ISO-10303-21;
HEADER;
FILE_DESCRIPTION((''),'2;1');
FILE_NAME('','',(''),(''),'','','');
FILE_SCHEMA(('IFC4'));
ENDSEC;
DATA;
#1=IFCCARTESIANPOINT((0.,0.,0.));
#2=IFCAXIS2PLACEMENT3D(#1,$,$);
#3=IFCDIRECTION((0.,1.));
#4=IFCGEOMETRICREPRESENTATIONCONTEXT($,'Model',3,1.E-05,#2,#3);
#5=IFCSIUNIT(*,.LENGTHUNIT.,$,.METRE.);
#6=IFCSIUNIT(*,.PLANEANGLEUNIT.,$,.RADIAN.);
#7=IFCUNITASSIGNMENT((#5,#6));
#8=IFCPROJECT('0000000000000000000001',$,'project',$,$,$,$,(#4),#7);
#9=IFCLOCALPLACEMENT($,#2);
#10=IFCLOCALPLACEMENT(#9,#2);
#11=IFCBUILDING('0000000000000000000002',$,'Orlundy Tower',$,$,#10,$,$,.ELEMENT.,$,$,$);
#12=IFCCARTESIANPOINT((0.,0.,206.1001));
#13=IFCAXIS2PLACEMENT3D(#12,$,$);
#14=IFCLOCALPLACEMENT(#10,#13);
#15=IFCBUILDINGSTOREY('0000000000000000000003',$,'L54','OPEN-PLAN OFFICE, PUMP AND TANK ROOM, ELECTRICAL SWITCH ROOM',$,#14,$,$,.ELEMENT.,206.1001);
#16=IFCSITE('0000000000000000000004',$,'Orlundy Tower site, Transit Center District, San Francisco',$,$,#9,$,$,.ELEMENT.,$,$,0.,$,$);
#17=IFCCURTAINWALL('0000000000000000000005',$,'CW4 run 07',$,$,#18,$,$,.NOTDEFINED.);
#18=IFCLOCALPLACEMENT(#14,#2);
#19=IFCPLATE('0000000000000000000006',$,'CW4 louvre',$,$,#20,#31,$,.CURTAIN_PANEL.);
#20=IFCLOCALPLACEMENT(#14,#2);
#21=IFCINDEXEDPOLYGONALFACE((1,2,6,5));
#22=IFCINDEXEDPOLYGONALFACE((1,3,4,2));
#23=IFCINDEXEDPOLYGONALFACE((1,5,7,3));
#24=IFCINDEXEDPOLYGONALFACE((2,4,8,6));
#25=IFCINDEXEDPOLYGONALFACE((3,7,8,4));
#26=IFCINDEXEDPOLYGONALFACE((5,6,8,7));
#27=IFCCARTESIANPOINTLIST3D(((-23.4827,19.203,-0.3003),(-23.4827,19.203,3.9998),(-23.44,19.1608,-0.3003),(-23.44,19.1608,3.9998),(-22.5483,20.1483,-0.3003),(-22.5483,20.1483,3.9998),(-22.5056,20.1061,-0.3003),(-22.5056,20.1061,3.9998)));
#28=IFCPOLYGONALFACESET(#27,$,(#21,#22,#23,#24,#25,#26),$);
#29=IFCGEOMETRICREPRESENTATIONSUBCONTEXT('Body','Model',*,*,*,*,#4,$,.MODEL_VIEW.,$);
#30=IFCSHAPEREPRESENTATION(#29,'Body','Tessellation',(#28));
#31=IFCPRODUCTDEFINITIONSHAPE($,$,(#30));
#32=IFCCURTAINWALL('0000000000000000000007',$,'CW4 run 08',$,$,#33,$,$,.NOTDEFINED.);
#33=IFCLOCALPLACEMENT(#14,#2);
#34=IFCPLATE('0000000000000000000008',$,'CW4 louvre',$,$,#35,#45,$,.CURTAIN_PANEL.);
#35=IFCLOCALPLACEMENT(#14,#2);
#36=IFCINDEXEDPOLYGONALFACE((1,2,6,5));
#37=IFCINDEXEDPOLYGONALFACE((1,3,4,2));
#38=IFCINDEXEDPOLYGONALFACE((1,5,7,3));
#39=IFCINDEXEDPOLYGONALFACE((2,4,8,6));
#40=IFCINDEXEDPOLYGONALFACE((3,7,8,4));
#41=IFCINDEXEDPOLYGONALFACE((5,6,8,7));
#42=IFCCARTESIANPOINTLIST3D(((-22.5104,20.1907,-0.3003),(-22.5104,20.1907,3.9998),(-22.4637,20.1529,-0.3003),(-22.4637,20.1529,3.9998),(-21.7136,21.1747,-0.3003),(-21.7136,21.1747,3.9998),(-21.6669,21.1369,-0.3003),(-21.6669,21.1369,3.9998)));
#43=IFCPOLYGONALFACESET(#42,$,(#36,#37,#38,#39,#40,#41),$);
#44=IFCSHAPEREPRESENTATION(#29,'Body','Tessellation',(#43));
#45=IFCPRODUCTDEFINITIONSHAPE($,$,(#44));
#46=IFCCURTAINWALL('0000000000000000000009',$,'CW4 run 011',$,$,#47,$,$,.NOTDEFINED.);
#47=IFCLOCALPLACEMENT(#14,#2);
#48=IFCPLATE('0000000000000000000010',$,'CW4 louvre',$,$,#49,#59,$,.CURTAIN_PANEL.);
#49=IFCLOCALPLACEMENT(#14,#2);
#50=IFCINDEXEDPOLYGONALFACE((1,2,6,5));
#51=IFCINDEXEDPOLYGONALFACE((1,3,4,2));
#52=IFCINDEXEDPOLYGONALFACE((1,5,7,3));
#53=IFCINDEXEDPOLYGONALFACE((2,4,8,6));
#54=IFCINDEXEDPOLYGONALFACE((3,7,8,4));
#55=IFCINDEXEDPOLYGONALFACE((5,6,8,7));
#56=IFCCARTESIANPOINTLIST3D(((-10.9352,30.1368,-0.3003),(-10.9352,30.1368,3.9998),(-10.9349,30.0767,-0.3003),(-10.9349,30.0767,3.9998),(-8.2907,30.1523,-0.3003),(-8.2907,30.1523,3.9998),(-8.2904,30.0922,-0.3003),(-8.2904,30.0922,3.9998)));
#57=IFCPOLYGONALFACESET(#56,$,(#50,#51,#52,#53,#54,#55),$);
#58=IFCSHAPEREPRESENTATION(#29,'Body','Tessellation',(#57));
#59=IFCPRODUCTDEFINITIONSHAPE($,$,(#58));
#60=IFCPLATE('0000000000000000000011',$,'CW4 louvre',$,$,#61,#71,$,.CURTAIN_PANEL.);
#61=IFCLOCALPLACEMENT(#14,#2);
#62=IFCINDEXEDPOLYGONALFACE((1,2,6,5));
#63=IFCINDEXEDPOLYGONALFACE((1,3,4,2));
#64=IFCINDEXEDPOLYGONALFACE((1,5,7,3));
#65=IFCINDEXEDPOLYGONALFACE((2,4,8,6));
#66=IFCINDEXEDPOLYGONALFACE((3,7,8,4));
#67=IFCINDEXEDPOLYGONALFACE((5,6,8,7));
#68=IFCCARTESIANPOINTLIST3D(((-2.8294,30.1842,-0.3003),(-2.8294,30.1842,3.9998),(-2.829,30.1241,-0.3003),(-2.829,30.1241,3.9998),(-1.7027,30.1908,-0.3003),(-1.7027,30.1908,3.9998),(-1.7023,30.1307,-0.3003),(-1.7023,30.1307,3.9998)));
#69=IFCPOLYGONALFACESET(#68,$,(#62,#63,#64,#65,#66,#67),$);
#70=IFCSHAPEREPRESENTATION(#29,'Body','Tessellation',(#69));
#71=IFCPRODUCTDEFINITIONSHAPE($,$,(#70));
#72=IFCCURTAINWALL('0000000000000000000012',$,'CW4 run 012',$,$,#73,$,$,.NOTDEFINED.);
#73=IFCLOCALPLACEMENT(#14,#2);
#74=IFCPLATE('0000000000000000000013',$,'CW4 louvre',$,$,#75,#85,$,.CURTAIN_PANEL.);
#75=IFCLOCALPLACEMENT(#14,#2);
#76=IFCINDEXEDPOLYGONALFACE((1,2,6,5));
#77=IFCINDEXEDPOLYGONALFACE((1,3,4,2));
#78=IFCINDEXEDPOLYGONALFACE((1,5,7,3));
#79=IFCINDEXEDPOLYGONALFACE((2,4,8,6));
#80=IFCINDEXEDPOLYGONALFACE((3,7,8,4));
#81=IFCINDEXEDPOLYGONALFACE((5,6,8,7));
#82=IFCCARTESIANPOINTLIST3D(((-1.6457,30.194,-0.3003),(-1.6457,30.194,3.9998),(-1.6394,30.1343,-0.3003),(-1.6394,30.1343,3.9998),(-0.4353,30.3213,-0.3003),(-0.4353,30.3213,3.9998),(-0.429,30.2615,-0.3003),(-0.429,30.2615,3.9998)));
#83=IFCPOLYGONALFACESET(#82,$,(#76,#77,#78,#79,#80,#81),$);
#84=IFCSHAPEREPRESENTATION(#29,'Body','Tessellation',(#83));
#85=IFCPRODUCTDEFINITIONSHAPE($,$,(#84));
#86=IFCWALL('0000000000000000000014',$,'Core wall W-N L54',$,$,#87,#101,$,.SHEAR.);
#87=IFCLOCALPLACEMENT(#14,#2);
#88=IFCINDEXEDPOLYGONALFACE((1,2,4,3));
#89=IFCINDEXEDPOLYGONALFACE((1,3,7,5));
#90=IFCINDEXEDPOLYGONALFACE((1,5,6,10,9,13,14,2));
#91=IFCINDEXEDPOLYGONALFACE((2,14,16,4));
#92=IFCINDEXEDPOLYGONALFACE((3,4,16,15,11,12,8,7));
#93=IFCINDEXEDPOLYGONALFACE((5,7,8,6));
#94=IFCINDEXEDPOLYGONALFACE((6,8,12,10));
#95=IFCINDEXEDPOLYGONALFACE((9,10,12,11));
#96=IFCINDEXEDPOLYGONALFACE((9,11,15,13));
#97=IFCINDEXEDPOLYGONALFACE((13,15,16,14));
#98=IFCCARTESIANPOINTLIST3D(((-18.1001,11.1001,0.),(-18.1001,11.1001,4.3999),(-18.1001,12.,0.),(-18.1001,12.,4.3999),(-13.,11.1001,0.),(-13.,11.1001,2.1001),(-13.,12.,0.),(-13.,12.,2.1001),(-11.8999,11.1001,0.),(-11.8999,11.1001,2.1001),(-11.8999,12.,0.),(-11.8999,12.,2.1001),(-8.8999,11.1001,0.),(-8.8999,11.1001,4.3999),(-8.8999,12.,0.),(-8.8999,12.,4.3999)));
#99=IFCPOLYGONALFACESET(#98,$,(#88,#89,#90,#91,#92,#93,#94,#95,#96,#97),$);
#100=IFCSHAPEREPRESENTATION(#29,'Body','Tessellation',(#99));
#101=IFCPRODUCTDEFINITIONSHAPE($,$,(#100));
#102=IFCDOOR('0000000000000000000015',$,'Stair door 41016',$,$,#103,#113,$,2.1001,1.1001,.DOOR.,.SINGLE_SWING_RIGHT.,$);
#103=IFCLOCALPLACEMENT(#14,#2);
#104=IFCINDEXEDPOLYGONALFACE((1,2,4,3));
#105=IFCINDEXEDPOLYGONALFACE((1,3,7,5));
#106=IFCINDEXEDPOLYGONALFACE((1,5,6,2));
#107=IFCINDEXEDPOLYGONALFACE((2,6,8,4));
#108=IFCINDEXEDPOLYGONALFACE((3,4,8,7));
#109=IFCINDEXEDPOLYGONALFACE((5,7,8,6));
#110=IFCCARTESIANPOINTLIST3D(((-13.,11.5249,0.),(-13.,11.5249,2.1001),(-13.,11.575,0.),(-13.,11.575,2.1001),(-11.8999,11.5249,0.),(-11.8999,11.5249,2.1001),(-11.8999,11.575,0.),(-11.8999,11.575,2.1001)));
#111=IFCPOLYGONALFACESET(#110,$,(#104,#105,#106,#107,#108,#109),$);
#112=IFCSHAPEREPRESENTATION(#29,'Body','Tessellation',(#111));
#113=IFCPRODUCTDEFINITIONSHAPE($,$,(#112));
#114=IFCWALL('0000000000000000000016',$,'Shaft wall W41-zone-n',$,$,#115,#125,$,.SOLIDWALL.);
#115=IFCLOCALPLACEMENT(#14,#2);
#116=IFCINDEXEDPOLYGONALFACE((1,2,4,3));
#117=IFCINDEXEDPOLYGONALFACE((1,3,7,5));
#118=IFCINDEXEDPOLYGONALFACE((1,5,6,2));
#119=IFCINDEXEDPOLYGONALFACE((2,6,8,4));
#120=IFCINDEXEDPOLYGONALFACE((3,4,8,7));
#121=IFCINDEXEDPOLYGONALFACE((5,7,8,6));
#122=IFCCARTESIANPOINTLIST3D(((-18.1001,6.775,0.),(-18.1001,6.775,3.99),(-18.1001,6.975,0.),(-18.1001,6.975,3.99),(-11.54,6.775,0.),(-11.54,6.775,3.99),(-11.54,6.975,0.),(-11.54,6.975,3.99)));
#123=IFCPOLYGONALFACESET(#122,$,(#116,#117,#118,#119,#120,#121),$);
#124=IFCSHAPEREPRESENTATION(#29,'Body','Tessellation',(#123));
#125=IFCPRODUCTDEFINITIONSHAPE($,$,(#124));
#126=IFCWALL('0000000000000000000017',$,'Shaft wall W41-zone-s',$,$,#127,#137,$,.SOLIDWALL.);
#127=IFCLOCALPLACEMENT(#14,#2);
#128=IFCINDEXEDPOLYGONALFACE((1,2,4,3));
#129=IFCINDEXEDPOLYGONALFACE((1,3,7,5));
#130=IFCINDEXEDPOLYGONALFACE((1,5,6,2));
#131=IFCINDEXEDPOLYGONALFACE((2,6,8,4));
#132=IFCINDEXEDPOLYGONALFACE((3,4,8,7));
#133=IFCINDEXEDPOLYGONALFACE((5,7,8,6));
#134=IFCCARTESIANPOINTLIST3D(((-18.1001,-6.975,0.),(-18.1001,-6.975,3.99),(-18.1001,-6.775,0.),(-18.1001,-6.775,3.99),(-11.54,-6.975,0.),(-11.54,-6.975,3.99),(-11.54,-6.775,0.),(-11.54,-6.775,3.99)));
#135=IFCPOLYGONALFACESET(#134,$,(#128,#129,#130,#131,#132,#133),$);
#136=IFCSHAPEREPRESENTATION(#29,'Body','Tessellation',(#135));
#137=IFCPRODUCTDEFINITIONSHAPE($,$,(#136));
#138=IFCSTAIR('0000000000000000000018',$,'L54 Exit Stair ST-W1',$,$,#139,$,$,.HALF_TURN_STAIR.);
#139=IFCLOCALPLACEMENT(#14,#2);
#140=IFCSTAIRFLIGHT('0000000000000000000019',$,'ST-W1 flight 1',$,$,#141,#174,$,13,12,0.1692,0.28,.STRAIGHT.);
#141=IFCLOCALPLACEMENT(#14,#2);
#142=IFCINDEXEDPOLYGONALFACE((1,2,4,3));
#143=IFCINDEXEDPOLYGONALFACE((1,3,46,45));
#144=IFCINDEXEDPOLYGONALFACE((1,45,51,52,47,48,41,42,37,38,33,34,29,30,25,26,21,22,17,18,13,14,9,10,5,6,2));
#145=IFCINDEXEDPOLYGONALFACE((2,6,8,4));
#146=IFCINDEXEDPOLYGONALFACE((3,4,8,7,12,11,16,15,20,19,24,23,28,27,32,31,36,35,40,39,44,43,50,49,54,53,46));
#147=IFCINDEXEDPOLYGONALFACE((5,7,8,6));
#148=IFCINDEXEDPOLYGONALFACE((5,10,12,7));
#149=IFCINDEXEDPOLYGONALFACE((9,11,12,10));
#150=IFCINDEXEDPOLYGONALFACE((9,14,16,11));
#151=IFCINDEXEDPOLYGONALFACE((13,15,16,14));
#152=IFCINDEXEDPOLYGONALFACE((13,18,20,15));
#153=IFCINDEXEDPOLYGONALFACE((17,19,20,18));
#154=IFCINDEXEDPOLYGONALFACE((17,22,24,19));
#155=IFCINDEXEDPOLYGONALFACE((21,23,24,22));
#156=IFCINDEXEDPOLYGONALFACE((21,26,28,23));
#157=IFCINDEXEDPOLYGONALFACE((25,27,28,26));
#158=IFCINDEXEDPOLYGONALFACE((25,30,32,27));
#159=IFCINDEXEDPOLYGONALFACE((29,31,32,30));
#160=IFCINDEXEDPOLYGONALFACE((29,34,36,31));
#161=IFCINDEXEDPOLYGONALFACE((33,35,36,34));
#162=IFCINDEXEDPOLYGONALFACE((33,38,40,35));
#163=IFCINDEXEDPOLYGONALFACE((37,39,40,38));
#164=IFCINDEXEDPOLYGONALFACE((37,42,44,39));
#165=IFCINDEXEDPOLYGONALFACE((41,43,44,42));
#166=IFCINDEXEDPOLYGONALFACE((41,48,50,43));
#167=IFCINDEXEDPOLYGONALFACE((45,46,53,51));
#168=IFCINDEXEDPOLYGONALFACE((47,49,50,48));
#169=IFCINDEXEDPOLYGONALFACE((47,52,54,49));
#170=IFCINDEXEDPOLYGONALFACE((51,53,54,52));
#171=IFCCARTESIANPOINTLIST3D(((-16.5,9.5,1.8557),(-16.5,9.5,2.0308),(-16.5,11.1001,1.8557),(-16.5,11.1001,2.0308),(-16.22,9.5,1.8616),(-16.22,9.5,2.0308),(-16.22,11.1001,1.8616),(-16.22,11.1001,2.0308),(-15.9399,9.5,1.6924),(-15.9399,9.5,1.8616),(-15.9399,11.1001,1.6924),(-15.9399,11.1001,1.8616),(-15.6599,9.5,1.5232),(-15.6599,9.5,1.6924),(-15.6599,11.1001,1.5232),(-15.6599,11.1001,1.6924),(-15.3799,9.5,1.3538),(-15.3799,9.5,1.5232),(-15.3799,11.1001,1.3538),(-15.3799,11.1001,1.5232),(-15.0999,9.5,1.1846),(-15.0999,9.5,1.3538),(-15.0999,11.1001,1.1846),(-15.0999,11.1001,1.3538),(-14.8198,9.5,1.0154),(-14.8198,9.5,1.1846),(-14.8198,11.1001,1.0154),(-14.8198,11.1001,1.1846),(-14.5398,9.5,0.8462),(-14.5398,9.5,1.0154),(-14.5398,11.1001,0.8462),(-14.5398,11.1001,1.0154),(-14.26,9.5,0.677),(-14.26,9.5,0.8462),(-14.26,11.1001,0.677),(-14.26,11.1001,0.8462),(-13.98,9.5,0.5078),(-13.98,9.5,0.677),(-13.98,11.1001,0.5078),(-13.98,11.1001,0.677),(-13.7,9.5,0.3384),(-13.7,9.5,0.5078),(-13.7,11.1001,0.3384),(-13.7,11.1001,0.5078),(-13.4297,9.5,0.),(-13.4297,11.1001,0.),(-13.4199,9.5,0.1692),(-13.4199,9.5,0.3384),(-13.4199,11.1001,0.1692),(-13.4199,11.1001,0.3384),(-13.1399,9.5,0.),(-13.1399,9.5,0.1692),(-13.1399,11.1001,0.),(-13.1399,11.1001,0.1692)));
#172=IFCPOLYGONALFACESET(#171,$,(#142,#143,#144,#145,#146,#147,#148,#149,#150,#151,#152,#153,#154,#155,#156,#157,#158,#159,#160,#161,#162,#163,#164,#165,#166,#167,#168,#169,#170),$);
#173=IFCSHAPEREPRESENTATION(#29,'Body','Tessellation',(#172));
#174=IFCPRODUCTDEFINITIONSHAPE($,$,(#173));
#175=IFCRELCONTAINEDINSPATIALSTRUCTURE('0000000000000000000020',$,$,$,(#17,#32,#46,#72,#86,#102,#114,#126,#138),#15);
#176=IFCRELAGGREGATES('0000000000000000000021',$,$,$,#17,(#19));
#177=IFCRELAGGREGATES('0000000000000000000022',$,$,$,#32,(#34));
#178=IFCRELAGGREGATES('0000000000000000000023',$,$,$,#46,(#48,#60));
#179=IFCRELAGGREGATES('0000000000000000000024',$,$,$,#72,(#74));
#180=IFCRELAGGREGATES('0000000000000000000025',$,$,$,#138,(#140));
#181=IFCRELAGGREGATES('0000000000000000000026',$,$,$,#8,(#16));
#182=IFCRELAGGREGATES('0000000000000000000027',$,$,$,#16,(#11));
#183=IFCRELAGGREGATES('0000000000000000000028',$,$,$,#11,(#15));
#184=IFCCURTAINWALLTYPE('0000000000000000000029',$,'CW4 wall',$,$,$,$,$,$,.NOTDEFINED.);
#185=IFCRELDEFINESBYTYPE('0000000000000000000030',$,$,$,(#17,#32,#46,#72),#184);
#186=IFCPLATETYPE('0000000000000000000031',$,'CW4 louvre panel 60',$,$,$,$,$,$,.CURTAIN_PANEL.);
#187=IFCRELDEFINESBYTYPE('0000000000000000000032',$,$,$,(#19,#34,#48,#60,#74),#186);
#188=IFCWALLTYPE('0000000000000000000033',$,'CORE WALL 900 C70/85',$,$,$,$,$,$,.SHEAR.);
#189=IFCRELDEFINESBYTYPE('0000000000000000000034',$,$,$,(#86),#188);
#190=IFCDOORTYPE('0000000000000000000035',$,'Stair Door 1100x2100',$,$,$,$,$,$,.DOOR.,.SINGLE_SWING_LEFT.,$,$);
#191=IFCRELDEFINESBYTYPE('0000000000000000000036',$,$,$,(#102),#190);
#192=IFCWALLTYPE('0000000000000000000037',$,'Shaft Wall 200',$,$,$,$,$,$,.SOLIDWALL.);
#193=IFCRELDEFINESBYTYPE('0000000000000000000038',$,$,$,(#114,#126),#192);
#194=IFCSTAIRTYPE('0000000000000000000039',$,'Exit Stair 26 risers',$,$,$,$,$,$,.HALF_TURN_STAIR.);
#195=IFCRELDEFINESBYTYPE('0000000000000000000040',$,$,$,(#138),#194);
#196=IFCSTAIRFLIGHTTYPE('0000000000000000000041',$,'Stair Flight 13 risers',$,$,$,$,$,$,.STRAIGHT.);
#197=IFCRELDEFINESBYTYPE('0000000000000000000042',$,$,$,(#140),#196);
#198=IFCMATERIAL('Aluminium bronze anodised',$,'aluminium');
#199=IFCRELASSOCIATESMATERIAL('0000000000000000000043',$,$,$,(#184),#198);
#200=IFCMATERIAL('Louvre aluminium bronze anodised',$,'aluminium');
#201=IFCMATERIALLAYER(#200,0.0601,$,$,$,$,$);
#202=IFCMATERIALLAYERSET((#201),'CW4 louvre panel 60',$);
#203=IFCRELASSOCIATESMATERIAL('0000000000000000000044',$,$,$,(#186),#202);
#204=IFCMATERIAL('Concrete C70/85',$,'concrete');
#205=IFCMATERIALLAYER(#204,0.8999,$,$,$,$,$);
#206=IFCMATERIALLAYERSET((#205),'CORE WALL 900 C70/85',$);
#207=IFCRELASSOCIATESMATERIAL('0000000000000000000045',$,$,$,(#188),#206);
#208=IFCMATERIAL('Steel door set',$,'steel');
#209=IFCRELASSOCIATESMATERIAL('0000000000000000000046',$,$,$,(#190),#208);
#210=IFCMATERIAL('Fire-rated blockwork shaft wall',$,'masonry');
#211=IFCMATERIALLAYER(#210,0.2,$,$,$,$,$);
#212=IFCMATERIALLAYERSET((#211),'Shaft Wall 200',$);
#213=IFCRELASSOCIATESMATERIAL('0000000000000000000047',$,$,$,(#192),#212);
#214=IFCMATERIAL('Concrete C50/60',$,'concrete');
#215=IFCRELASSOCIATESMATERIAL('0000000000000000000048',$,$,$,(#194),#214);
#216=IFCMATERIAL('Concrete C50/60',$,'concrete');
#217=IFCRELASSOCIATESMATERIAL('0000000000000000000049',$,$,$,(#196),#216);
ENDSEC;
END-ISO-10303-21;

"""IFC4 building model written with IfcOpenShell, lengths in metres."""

from ifc_helpers import new_model, si_unit, direction, frame, frame_2d, origin, origin_2d, place, context, subcontext, project, spatial, polyline, rectangle, outline, extrude, material, layer, layer_set, type_object, element, fill, aggregate, save


model = new_model("IFC4")

# Units and contexts
model_context = context("Model", 3, precision=1e-05, world=origin(), true_north=direction((0.0, 1.0)))
body_context = subcontext(model_context, "Body", "Model", "MODEL_VIEW")
ifc_project = project(units=[si_unit("LENGTHUNIT", "METRE"), si_unit("PLANEANGLEUNIT", "RADIAN")], contexts=[model_context])

# Site, building, storey
site_placement = place(None, origin())
site = spatial("IfcSite", under=ifc_project, at=site_placement, Name="Orlundy Tower site, Transit Center District, San Francisco", CompositionType="ELEMENT", RefElevation=0.0)
building_placement = place(site_placement, origin())
building = spatial("IfcBuilding", under=site, at=building_placement, Name="Orlundy Tower", CompositionType="ELEMENT")
storey_placement = place(building_placement, frame((0.0, 0.0, 206.1001)))
storey = spatial("IfcBuildingStorey", under=building, at=storey_placement, Name="L54", Description="OPEN-PLAN OFFICE, PUMP AND TANK ROOM, ELECTRICAL SWITCH ROOM", CompositionType="ELEMENT", Elevation=206.1001)

# Shared definitions
ifc_material_1 = material(Name="Aluminium bronze anodised", Category="aluminium")
curtain_wall_type = type_object("IfcCurtainWallType", Name="CW4 wall", PredefinedType="NOTDEFINED", material=ifc_material_1)
ifc_material_2 = material(Name="Louvre aluminium bronze anodised", Category="aluminium")
ifc_layer_1 = layer(ifc_material_2, 0.0601)
ifc_layer_set_1 = layer_set([ifc_layer_1], Name="CW4 louvre panel 60")
plate_type = type_object("IfcPlateType", Name="CW4 louvre panel 60", PredefinedType="CURTAIN_PANEL", material=ifc_layer_set_1)

# Curtain wall, plate
curtain_wall_1_placement = place(storey_placement, origin())
curtain_wall_1 = element("IfcCurtainWall", 1, at=curtain_wall_1_placement, inside=storey, type_object=curtain_wall_type, Name="CW4 run 07", PredefinedType="NOTDEFINED")
plate_1_placement = place(storey_placement, frame((-22.9941, 19.6545, -0.3003), z_axis=(0.0, 0.0, 1.0), x_axis=(0.702983, 0.711207, 0.0)))
plate_1 = element("IfcPlate", 2, at=plate_1_placement, type_object=plate_type, Name="CW4 louvre", PredefinedType="CURTAIN_PANEL", context=body_context, shape_type="SweptSolid", body=[
    extrude(rectangle(XDim=1.3291, YDim=0.0601, at=origin_2d()), origin(), (0.0, 0.0, 1.0), 4.3),
])
aggregate(curtain_wall_1, [plate_1])

# Curtain wall, plate
curtain_wall_2_placement = place(storey_placement, origin())
curtain_wall_2 = element("IfcCurtainWall", 3, at=curtain_wall_2_placement, inside=storey, type_object=curtain_wall_type, Name="CW4 run 08", PredefinedType="NOTDEFINED")
plate_2_placement = place(storey_placement, frame((-22.0886, 20.6638, -0.3003), z_axis=(0.0, 0.0, 1.0), x_axis=(0.629332, 0.777136, 0.0)))
plate_2 = element("IfcPlate", 4, at=plate_2_placement, type_object=plate_type, Name="CW4 louvre", PredefinedType="CURTAIN_PANEL", context=body_context, shape_type="SweptSolid", body=[
    extrude(rectangle(XDim=1.2661, YDim=0.0601, at=origin_2d()), origin(), (0.0, 0.0, 1.0), 4.3),
])
aggregate(curtain_wall_2, [plate_2])

# Curtain wall, plates
curtain_wall_3_placement = place(storey_placement, origin())
curtain_wall_3 = element("IfcCurtainWall", 5, at=curtain_wall_3_placement, inside=storey, type_object=curtain_wall_type, Name="CW4 run 011", PredefinedType="NOTDEFINED")
plate_3_placement = place(storey_placement, frame((-9.6128, 30.1145, -0.3003), z_axis=(0.0, 0.0, 1.0), x_axis=(0.999983, 0.005851, 0.0)))
plate_3 = element("IfcPlate", 6, at=plate_3_placement, type_object=plate_type, Name="CW4 louvre", PredefinedType="CURTAIN_PANEL", context=body_context, shape_type="SweptSolid", body=[
    extrude(rectangle(XDim=2.6445, YDim=0.0601, at=origin_2d()), origin(), (0.0, 0.0, 1.0), 4.3),
])
plate_4_placement = place(storey_placement, frame((-2.2659, 30.1575, -0.3003), z_axis=(0.0, 0.0, 1.0), x_axis=(0.999983, 0.005851, 0.0)))
plate_4 = element("IfcPlate", 7, at=plate_4_placement, type_object=plate_type, Name="CW4 louvre", PredefinedType="CURTAIN_PANEL", context=body_context, shape_type="SweptSolid", body=[
    extrude(rectangle(XDim=1.1267, YDim=0.0601, at=origin_2d()), origin(), (0.0, 0.0, 1.0), 4.3),
])
aggregate(curtain_wall_3, [plate_3, plate_4])

# Curtain wall, plate
curtain_wall_4_placement = place(storey_placement, origin())
curtain_wall_4 = element("IfcCurtainWall", 8, at=curtain_wall_4_placement, inside=storey, type_object=curtain_wall_type, Name="CW4 run 012", PredefinedType="NOTDEFINED")
plate_5_placement = place(storey_placement, frame((-1.0374, 30.2278, -0.3003), z_axis=(0.0, 0.0, 1.0), x_axis=(0.994522, 0.104523, 0.0)))
plate_5 = element("IfcPlate", 9, at=plate_5_placement, type_object=plate_type, Name="CW4 louvre", PredefinedType="CURTAIN_PANEL", context=body_context, shape_type="SweptSolid", body=[
    extrude(rectangle(XDim=1.217, YDim=0.0601, at=origin_2d()), origin(), (0.0, 0.0, 1.0), 4.3),
])
aggregate(curtain_wall_4, [plate_5])

# Wall, opening, door
ifc_material_3 = material(Name="Concrete C70/85", Category="concrete")
ifc_layer_2 = layer(ifc_material_3, 0.8999)
ifc_layer_set_2 = layer_set([ifc_layer_2], Name="CORE WALL 900 C70/85")
wall_type_1 = type_object("IfcWallType", Name="CORE WALL 900 C70/85", PredefinedType="SHEAR", material=ifc_layer_set_2)
wall_placement = place(storey_placement, frame((-18.1001, 11.55, 0.0), z_axis=(0.0, 0.0, 1.0), x_axis=(1.0, 0.0, 0.0)))
wall = element("IfcWall", 10, at=wall_placement, inside=storey, type_object=wall_type_1, Name="Core wall W-N L54", PredefinedType="SHEAR", context=body_context, shape_type="SweptSolid", body=[
    extrude(rectangle(XDim=9.2002, YDim=0.8999, at=frame_2d((4.6001, 0.0))), origin(), (0.0, 0.0, 1.0), 4.3999),
])
opening_placement = place(wall_placement, frame((5.1001, 0.0, 0.0)))
opening = element("IfcOpeningElement", 11, at=opening_placement, cuts=wall, PredefinedType="OPENING", context=body_context, shape_type="SweptSolid", body=[
    extrude(rectangle(XDim=1.1001, YDim=2.1001, at=frame_2d((0.55, 1.05))), frame((0.0, 0.46, 0.0), z_axis=(0.0, -1.0, 0.0), x_axis=(1.0, 0.0, 0.0)), (0.0, 0.0, 1.0), 0.9199),
])
ifc_material_4 = material(Name="Steel door set", Category="steel")
door_type = type_object("IfcDoorType", Name="Stair Door 1100x2100", OperationType="SINGLE_SWING_LEFT", PredefinedType="DOOR", material=ifc_material_4)
door_placement = place(opening_placement, origin())
door = element("IfcDoor", 12, at=door_placement, inside=storey, type_object=door_type, Name="Stair door 41016", OperationType="SINGLE_SWING_RIGHT", OverallHeight=2.1001, OverallWidth=1.1001, PredefinedType="DOOR", context=body_context, shape_type="SweptSolid", body=[
    extrude(rectangle(XDim=1.1001, YDim=2.1001, at=frame_2d((0.55, 1.05))), frame((0.0, 0.0249, 0.0), z_axis=(0.0, -1.0, 0.0), x_axis=(1.0, 0.0, 0.0)), (0.0, 0.0, 1.0), 0.05),
])
fill(opening, door)

# Walls
ifc_material_5 = material(Name="Fire-rated blockwork shaft wall", Category="masonry")
ifc_layer_3 = layer(ifc_material_5, 0.2)
ifc_layer_set_3 = layer_set([ifc_layer_3], Name="Shaft Wall 200")
wall_type_2 = type_object("IfcWallType", Name="Shaft Wall 200", PredefinedType="SOLIDWALL", material=ifc_layer_set_3)
for number, where, z_axis, x_axis, name in (
    (13, (-11.54, 6.875, 0.0), (0.0, 0.0, 1.0), (-1.0, 0.0, 0.0), "Shaft wall W41-zone-n"),
    (14, (-11.54, -6.875, 0.0), (0.0, 0.0, 1.0), (-1.0, 0.0, 0.0), "Shaft wall W41-zone-s"),
):
    element("IfcWall", number, at=place(storey_placement, frame(where, z_axis=z_axis, x_axis=x_axis)), inside=storey, type_object=wall_type_2, Name=name, PredefinedType="SOLIDWALL", context=body_context, shape_type="SweptSolid", body=[
        extrude(rectangle(XDim=6.5601, YDim=0.2, at=frame_2d((3.28, 0.0))), origin(), (0.0, 0.0, 1.0), 3.99),
    ])

# Stair, stair flight
ifc_material_6 = material(Name="Concrete C50/60", Category="concrete")
stair_type = type_object("IfcStairType", Name="Exit Stair 26 risers", PredefinedType="HALF_TURN_STAIR", material=ifc_material_6)
stair_1_placement = place(storey_placement, origin())
stair_1 = element("IfcStair", 15, at=stair_1_placement, inside=storey, type_object=stair_type, Name="L54 Exit Stair ST-W1", PredefinedType="HALF_TURN_STAIR")
ifc_material_7 = material(Name="Concrete C50/60", Category="concrete")
stair_flight_type = type_object("IfcStairFlightType", Name="Stair Flight 13 risers", PredefinedType="STRAIGHT", material=ifc_material_7)
stair_flight_1_placement = place(storey_placement, frame((-13.1399, 10.3, 0.0), z_axis=(0.0, 0.0, 1.0), x_axis=(-1.0, 0.0, 0.0)))
stair_flight_1 = element("IfcStairFlight", 16, at=stair_flight_1_placement, type_object=stair_flight_type, Name="ST-W1 flight 1", NumberOfRisers=13, NumberOfTreads=12, PredefinedType="STRAIGHT", RiserHeight=0.1692, TreadLength=0.28, context=body_context, shape_type="SweptSolid", body=[
    extrude(outline(polyline([(0.0, 0.0), (0.0, 0.1692), (0.28, 0.1692), (0.28, 0.3384), (0.5601, 0.3384), (0.5601, 0.5078), (0.8401, 0.5078), (0.8401, 0.677), (1.1201, 0.677), (1.1201, 0.8462), (1.3999, 0.8462), (1.3999, 1.0154), (1.6799, 1.0154), (1.6799, 1.1846), (1.96, 1.1846), (1.96, 1.3538), (2.24, 1.3538), (2.24, 1.5232), (2.52, 1.5232), (2.52, 1.6924), (2.8, 1.6924), (2.8, 1.8616), (3.0801, 1.8616), (3.0801, 2.0308), (3.3601, 2.0308), (3.3601, 2.2), (3.3601, 1.8557), (0.2898, 0.0), (0.0, 0.0)])), frame((0.0, 0.8, 0.0), z_axis=(0.0, -1.0, 0.0), x_axis=(1.0, 0.0, 0.0)), (0.0, 0.0, 1.0), 1.6001),
])
aggregate(stair_1, [stair_flight_1])

save(model, "model.ifc")
